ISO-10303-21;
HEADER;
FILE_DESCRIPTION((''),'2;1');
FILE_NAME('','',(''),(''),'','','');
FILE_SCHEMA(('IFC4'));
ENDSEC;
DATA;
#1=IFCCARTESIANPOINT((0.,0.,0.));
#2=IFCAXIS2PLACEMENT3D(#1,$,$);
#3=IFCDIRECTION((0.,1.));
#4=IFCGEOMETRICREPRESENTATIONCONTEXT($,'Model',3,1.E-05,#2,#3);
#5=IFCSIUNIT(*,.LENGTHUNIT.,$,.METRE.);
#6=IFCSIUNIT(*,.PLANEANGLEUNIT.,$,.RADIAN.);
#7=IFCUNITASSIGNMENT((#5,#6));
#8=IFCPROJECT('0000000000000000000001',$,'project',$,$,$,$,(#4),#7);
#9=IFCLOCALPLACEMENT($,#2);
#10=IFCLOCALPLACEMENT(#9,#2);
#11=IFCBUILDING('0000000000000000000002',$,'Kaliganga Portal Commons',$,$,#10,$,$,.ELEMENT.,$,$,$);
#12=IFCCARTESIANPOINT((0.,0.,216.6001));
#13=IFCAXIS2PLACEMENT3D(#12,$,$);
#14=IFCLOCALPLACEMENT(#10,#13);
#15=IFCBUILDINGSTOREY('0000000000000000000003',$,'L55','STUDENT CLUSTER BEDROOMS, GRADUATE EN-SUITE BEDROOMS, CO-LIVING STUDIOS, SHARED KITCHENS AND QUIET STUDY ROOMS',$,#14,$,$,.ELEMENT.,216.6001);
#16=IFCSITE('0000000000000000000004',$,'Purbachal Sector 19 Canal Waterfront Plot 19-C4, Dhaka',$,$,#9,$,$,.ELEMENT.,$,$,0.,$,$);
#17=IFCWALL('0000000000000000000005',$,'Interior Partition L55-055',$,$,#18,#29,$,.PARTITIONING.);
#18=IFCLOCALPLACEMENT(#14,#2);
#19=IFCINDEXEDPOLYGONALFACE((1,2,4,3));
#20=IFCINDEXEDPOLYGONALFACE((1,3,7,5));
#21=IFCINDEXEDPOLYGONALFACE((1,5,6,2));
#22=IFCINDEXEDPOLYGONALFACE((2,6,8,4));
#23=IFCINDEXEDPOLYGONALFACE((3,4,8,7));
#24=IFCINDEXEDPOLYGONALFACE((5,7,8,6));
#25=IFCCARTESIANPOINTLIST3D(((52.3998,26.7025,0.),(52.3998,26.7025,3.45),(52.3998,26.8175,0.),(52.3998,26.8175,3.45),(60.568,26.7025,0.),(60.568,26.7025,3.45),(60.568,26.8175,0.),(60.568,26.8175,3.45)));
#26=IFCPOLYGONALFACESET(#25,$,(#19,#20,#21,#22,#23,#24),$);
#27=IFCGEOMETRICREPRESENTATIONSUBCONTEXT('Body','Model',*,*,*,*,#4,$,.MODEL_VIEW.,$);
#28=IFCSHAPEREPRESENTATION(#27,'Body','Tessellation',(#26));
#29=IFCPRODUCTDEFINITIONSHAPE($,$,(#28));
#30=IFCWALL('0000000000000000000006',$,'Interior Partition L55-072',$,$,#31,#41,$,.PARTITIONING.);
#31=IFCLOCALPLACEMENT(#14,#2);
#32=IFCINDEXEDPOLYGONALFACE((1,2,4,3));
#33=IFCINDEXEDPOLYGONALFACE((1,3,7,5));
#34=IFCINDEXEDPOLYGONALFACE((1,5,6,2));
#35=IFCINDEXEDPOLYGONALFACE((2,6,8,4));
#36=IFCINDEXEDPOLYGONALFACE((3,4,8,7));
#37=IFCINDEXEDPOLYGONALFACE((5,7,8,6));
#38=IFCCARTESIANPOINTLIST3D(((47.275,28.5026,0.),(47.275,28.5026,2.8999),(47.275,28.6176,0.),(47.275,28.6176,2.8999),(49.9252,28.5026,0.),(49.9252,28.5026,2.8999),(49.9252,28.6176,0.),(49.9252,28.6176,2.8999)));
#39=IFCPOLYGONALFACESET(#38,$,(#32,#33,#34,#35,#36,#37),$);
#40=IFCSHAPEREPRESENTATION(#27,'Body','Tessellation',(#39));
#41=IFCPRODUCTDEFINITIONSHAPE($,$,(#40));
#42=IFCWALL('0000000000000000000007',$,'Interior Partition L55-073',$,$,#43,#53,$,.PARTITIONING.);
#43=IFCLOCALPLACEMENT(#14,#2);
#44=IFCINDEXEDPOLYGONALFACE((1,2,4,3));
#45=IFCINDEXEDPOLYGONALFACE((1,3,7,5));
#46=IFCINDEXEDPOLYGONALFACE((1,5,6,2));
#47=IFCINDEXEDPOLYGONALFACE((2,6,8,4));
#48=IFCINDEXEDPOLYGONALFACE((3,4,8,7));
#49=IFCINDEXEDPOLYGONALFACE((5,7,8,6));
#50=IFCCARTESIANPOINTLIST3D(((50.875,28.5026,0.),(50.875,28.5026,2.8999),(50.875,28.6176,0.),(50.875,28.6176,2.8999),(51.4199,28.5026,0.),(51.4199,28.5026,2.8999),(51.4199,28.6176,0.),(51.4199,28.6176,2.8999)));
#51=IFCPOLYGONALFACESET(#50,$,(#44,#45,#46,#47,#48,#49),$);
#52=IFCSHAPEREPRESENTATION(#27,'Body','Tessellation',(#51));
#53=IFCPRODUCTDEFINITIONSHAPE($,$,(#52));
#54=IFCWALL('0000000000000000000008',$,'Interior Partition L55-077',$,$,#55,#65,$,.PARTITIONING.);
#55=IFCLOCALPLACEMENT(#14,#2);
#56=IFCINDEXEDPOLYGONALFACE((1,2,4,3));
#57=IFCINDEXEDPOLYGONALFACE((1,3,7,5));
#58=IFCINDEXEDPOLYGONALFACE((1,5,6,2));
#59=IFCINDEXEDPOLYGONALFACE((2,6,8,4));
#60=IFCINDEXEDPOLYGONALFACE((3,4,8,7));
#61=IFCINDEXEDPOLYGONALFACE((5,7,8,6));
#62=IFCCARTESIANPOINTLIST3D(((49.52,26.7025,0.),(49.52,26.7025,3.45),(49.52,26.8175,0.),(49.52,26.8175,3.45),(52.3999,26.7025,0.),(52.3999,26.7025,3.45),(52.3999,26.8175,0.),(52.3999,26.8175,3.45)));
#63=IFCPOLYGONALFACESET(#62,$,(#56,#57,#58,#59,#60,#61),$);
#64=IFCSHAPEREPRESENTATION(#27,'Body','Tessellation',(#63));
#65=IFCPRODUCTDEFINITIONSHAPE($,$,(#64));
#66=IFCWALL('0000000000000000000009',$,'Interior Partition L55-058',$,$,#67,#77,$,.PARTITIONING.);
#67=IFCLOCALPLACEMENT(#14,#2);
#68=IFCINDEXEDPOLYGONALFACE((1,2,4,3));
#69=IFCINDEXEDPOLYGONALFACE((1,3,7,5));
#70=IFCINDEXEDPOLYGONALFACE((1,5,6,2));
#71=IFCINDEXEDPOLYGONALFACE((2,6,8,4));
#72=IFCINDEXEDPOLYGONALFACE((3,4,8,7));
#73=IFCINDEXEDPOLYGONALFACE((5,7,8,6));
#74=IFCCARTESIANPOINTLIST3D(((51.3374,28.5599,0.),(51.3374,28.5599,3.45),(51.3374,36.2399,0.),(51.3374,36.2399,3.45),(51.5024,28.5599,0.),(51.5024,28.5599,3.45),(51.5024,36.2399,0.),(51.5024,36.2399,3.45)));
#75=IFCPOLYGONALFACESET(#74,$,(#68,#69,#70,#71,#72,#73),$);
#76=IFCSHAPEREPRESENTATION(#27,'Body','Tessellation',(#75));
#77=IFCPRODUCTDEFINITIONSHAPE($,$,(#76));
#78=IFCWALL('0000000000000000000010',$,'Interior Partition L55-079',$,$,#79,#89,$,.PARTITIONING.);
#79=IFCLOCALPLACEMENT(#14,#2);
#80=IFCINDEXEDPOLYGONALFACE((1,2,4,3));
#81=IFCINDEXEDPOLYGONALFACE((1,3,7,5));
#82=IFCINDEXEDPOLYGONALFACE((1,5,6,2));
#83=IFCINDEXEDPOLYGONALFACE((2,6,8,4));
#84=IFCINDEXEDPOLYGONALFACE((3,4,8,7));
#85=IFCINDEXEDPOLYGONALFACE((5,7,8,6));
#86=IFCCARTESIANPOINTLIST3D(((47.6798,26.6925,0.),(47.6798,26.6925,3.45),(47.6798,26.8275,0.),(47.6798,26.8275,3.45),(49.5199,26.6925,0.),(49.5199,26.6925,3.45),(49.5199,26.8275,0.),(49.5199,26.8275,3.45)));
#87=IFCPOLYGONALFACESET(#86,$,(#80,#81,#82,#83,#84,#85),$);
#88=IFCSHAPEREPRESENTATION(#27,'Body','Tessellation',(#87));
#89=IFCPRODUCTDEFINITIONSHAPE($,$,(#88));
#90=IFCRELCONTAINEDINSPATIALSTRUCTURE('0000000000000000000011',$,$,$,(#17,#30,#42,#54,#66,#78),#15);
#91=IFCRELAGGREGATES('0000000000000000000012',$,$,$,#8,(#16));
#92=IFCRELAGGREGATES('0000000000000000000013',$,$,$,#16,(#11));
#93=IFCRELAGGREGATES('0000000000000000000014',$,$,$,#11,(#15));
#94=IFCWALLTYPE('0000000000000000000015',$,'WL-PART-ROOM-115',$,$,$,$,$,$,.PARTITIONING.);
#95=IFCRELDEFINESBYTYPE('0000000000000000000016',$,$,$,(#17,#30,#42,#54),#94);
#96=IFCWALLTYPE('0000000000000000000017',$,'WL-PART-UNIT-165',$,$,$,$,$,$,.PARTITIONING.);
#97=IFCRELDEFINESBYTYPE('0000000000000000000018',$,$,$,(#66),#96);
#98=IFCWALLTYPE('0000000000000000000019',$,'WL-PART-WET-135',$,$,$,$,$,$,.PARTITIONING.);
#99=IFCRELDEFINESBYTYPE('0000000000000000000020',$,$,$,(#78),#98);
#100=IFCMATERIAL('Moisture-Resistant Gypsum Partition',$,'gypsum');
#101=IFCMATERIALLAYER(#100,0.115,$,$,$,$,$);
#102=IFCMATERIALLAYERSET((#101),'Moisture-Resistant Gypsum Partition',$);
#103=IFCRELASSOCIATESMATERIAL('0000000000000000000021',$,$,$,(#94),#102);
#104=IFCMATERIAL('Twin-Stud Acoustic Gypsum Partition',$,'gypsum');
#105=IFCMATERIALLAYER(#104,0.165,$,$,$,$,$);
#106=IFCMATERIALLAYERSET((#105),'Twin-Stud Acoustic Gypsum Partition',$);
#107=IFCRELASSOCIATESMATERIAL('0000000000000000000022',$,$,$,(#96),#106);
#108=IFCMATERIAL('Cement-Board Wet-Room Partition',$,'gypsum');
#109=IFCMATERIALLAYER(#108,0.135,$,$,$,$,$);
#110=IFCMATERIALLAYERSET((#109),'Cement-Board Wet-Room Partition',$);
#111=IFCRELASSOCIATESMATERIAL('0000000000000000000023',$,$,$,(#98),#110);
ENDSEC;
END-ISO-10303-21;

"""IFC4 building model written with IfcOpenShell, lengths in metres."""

from ifc_helpers import new_model, si_unit, direction, frame, frame_2d, origin, place, context, subcontext, project, spatial, rectangle, extrude, material, layer, layer_set, type_object, element, save


model = new_model("IFC4")

# Units and contexts
model_context = context("Model", 3, precision=1e-05, world=origin(), true_north=direction((0.0, 1.0)))
body_context = subcontext(model_context, "Body", "Model", "MODEL_VIEW")
ifc_project = project(units=[si_unit("LENGTHUNIT", "METRE"), si_unit("PLANEANGLEUNIT", "RADIAN")], contexts=[model_context])

# Site, building, storey
site_placement = place(None, origin())
site = spatial("IfcSite", under=ifc_project, at=site_placement, Name="Purbachal Sector 19 Canal Waterfront Plot 19-C4, Dhaka", CompositionType="ELEMENT", RefElevation=0.0)
building_placement = place(site_placement, origin())
building = spatial("IfcBuilding", under=site, at=building_placement, Name="Kaliganga Portal Commons", CompositionType="ELEMENT")
storey_placement = place(building_placement, frame((0.0, 0.0, 216.6001)))
storey = spatial("IfcBuildingStorey", under=building, at=storey_placement, Name="L55", Description="STUDENT CLUSTER BEDROOMS, GRADUATE EN-SUITE BEDROOMS, CO-LIVING STUDIOS, SHARED KITCHENS AND QUIET STUDY ROOMS", CompositionType="ELEMENT", Elevation=216.6001)

# Walls
ifc_material_1 = material(Name="Moisture-Resistant Gypsum Partition", Category="gypsum")
ifc_layer_1 = layer(ifc_material_1, 0.115)
ifc_layer_set_1 = layer_set([ifc_layer_1], Name="Moisture-Resistant Gypsum Partition")
wall_type_1 = type_object("IfcWallType", Name="WL-PART-ROOM-115", PredefinedType="PARTITIONING", material=ifc_layer_set_1)
wall_1_placement = place(storey_placement, frame((52.3999, 26.76, 0.0), z_axis=(0.0, 0.0, 1.0), x_axis=(1.0, 0.0, 0.0)))
element("IfcWall", 1, at=wall_1_placement, inside=storey, type_object=wall_type_1, Name="Interior Partition L55-055", PredefinedType="PARTITIONING", context=body_context, shape_type="SweptSolid", body=[
    extrude(rectangle(XDim=8.1682, YDim=0.115, at=frame_2d((4.084, 0.0))), origin(), (0.0, 0.0, 1.0), 3.45),
])
wall_2_placement = place(storey_placement, frame((47.2749, 28.5601, 0.0), z_axis=(0.0, 0.0, 1.0), x_axis=(1.0, 0.0, 0.0)))
element("IfcWall", 2, at=wall_2_placement, inside=storey, type_object=wall_type_1, Name="Interior Partition L55-072", PredefinedType="PARTITIONING", context=body_context, shape_type="SweptSolid", body=[
    extrude(rectangle(XDim=2.6501, YDim=0.115, at=frame_2d((1.3252, 0.0))), origin(), (0.0, 0.0, 1.0), 2.8999),
])
wall_3_placement = place(storey_placement, frame((50.875, 28.5601, 0.0), z_axis=(0.0, 0.0, 1.0), x_axis=(1.0, 0.0, 0.0)))
element("IfcWall", 3, at=wall_3_placement, inside=storey, type_object=wall_type_1, Name="Interior Partition L55-073", PredefinedType="PARTITIONING", context=body_context, shape_type="SweptSolid", body=[
    extrude(rectangle(XDim=0.5449, YDim=0.115, at=frame_2d((0.2725, 0.0))), origin(), (0.0, 0.0, 1.0), 2.8999),
])
wall_4_placement = place(storey_placement, frame((49.52, 26.76, 0.0), z_axis=(0.0, 0.0, 1.0), x_axis=(1.0, 0.0, 0.0)))
element("IfcWall", 4, at=wall_4_placement, inside=storey, type_object=wall_type_1, Name="Interior Partition L55-077", PredefinedType="PARTITIONING", context=body_context, shape_type="SweptSolid", body=[
    extrude(rectangle(XDim=2.8799, YDim=0.115, at=frame_2d((1.4399, 0.0))), origin(), (0.0, 0.0, 1.0), 3.45),
])
ifc_material_2 = material(Name="Twin-Stud Acoustic Gypsum Partition", Category="gypsum")
ifc_layer_2 = layer(ifc_material_2, 0.165)
ifc_layer_set_2 = layer_set([ifc_layer_2], Name="Twin-Stud Acoustic Gypsum Partition")
wall_type_2 = type_object("IfcWallType", Name="WL-PART-UNIT-165", PredefinedType="PARTITIONING", material=ifc_layer_set_2)
wall_5_placement = place(storey_placement, frame((51.4199, 28.5601, 0.0), z_axis=(0.0, 0.0, 1.0), x_axis=(0.0, 1.0, 0.0)))
element("IfcWall", 5, at=wall_5_placement, inside=storey, type_object=wall_type_2, Name="Interior Partition L55-058", PredefinedType="PARTITIONING", context=body_context, shape_type="SweptSolid", body=[
    extrude(rectangle(XDim=7.6799, YDim=0.165, at=frame_2d((3.8398, 0.0))), origin(), (0.0, 0.0, 1.0), 3.45),
])
ifc_material_3 = material(Name="Cement-Board Wet-Room Partition", Category="gypsum")
ifc_layer_3 = layer(ifc_material_3, 0.135)
ifc_layer_set_3 = layer_set([ifc_layer_3], Name="Cement-Board Wet-Room Partition")
wall_type_3 = type_object("IfcWallType", Name="WL-PART-WET-135", PredefinedType="PARTITIONING", material=ifc_layer_set_3)
wall_6_placement = place(storey_placement, frame((47.6799, 26.76, 0.0), z_axis=(0.0, 0.0, 1.0), x_axis=(1.0, 0.0, 0.0)))
element("IfcWall", 6, at=wall_6_placement, inside=storey, type_object=wall_type_3, Name="Interior Partition L55-079", PredefinedType="PARTITIONING", context=body_context, shape_type="SweptSolid", body=[
    extrude(rectangle(XDim=1.8401, YDim=0.135, at=frame_2d((0.9199, 0.0))), origin(), (0.0, 0.0, 1.0), 3.45),
])

save(model, "model.ifc")
